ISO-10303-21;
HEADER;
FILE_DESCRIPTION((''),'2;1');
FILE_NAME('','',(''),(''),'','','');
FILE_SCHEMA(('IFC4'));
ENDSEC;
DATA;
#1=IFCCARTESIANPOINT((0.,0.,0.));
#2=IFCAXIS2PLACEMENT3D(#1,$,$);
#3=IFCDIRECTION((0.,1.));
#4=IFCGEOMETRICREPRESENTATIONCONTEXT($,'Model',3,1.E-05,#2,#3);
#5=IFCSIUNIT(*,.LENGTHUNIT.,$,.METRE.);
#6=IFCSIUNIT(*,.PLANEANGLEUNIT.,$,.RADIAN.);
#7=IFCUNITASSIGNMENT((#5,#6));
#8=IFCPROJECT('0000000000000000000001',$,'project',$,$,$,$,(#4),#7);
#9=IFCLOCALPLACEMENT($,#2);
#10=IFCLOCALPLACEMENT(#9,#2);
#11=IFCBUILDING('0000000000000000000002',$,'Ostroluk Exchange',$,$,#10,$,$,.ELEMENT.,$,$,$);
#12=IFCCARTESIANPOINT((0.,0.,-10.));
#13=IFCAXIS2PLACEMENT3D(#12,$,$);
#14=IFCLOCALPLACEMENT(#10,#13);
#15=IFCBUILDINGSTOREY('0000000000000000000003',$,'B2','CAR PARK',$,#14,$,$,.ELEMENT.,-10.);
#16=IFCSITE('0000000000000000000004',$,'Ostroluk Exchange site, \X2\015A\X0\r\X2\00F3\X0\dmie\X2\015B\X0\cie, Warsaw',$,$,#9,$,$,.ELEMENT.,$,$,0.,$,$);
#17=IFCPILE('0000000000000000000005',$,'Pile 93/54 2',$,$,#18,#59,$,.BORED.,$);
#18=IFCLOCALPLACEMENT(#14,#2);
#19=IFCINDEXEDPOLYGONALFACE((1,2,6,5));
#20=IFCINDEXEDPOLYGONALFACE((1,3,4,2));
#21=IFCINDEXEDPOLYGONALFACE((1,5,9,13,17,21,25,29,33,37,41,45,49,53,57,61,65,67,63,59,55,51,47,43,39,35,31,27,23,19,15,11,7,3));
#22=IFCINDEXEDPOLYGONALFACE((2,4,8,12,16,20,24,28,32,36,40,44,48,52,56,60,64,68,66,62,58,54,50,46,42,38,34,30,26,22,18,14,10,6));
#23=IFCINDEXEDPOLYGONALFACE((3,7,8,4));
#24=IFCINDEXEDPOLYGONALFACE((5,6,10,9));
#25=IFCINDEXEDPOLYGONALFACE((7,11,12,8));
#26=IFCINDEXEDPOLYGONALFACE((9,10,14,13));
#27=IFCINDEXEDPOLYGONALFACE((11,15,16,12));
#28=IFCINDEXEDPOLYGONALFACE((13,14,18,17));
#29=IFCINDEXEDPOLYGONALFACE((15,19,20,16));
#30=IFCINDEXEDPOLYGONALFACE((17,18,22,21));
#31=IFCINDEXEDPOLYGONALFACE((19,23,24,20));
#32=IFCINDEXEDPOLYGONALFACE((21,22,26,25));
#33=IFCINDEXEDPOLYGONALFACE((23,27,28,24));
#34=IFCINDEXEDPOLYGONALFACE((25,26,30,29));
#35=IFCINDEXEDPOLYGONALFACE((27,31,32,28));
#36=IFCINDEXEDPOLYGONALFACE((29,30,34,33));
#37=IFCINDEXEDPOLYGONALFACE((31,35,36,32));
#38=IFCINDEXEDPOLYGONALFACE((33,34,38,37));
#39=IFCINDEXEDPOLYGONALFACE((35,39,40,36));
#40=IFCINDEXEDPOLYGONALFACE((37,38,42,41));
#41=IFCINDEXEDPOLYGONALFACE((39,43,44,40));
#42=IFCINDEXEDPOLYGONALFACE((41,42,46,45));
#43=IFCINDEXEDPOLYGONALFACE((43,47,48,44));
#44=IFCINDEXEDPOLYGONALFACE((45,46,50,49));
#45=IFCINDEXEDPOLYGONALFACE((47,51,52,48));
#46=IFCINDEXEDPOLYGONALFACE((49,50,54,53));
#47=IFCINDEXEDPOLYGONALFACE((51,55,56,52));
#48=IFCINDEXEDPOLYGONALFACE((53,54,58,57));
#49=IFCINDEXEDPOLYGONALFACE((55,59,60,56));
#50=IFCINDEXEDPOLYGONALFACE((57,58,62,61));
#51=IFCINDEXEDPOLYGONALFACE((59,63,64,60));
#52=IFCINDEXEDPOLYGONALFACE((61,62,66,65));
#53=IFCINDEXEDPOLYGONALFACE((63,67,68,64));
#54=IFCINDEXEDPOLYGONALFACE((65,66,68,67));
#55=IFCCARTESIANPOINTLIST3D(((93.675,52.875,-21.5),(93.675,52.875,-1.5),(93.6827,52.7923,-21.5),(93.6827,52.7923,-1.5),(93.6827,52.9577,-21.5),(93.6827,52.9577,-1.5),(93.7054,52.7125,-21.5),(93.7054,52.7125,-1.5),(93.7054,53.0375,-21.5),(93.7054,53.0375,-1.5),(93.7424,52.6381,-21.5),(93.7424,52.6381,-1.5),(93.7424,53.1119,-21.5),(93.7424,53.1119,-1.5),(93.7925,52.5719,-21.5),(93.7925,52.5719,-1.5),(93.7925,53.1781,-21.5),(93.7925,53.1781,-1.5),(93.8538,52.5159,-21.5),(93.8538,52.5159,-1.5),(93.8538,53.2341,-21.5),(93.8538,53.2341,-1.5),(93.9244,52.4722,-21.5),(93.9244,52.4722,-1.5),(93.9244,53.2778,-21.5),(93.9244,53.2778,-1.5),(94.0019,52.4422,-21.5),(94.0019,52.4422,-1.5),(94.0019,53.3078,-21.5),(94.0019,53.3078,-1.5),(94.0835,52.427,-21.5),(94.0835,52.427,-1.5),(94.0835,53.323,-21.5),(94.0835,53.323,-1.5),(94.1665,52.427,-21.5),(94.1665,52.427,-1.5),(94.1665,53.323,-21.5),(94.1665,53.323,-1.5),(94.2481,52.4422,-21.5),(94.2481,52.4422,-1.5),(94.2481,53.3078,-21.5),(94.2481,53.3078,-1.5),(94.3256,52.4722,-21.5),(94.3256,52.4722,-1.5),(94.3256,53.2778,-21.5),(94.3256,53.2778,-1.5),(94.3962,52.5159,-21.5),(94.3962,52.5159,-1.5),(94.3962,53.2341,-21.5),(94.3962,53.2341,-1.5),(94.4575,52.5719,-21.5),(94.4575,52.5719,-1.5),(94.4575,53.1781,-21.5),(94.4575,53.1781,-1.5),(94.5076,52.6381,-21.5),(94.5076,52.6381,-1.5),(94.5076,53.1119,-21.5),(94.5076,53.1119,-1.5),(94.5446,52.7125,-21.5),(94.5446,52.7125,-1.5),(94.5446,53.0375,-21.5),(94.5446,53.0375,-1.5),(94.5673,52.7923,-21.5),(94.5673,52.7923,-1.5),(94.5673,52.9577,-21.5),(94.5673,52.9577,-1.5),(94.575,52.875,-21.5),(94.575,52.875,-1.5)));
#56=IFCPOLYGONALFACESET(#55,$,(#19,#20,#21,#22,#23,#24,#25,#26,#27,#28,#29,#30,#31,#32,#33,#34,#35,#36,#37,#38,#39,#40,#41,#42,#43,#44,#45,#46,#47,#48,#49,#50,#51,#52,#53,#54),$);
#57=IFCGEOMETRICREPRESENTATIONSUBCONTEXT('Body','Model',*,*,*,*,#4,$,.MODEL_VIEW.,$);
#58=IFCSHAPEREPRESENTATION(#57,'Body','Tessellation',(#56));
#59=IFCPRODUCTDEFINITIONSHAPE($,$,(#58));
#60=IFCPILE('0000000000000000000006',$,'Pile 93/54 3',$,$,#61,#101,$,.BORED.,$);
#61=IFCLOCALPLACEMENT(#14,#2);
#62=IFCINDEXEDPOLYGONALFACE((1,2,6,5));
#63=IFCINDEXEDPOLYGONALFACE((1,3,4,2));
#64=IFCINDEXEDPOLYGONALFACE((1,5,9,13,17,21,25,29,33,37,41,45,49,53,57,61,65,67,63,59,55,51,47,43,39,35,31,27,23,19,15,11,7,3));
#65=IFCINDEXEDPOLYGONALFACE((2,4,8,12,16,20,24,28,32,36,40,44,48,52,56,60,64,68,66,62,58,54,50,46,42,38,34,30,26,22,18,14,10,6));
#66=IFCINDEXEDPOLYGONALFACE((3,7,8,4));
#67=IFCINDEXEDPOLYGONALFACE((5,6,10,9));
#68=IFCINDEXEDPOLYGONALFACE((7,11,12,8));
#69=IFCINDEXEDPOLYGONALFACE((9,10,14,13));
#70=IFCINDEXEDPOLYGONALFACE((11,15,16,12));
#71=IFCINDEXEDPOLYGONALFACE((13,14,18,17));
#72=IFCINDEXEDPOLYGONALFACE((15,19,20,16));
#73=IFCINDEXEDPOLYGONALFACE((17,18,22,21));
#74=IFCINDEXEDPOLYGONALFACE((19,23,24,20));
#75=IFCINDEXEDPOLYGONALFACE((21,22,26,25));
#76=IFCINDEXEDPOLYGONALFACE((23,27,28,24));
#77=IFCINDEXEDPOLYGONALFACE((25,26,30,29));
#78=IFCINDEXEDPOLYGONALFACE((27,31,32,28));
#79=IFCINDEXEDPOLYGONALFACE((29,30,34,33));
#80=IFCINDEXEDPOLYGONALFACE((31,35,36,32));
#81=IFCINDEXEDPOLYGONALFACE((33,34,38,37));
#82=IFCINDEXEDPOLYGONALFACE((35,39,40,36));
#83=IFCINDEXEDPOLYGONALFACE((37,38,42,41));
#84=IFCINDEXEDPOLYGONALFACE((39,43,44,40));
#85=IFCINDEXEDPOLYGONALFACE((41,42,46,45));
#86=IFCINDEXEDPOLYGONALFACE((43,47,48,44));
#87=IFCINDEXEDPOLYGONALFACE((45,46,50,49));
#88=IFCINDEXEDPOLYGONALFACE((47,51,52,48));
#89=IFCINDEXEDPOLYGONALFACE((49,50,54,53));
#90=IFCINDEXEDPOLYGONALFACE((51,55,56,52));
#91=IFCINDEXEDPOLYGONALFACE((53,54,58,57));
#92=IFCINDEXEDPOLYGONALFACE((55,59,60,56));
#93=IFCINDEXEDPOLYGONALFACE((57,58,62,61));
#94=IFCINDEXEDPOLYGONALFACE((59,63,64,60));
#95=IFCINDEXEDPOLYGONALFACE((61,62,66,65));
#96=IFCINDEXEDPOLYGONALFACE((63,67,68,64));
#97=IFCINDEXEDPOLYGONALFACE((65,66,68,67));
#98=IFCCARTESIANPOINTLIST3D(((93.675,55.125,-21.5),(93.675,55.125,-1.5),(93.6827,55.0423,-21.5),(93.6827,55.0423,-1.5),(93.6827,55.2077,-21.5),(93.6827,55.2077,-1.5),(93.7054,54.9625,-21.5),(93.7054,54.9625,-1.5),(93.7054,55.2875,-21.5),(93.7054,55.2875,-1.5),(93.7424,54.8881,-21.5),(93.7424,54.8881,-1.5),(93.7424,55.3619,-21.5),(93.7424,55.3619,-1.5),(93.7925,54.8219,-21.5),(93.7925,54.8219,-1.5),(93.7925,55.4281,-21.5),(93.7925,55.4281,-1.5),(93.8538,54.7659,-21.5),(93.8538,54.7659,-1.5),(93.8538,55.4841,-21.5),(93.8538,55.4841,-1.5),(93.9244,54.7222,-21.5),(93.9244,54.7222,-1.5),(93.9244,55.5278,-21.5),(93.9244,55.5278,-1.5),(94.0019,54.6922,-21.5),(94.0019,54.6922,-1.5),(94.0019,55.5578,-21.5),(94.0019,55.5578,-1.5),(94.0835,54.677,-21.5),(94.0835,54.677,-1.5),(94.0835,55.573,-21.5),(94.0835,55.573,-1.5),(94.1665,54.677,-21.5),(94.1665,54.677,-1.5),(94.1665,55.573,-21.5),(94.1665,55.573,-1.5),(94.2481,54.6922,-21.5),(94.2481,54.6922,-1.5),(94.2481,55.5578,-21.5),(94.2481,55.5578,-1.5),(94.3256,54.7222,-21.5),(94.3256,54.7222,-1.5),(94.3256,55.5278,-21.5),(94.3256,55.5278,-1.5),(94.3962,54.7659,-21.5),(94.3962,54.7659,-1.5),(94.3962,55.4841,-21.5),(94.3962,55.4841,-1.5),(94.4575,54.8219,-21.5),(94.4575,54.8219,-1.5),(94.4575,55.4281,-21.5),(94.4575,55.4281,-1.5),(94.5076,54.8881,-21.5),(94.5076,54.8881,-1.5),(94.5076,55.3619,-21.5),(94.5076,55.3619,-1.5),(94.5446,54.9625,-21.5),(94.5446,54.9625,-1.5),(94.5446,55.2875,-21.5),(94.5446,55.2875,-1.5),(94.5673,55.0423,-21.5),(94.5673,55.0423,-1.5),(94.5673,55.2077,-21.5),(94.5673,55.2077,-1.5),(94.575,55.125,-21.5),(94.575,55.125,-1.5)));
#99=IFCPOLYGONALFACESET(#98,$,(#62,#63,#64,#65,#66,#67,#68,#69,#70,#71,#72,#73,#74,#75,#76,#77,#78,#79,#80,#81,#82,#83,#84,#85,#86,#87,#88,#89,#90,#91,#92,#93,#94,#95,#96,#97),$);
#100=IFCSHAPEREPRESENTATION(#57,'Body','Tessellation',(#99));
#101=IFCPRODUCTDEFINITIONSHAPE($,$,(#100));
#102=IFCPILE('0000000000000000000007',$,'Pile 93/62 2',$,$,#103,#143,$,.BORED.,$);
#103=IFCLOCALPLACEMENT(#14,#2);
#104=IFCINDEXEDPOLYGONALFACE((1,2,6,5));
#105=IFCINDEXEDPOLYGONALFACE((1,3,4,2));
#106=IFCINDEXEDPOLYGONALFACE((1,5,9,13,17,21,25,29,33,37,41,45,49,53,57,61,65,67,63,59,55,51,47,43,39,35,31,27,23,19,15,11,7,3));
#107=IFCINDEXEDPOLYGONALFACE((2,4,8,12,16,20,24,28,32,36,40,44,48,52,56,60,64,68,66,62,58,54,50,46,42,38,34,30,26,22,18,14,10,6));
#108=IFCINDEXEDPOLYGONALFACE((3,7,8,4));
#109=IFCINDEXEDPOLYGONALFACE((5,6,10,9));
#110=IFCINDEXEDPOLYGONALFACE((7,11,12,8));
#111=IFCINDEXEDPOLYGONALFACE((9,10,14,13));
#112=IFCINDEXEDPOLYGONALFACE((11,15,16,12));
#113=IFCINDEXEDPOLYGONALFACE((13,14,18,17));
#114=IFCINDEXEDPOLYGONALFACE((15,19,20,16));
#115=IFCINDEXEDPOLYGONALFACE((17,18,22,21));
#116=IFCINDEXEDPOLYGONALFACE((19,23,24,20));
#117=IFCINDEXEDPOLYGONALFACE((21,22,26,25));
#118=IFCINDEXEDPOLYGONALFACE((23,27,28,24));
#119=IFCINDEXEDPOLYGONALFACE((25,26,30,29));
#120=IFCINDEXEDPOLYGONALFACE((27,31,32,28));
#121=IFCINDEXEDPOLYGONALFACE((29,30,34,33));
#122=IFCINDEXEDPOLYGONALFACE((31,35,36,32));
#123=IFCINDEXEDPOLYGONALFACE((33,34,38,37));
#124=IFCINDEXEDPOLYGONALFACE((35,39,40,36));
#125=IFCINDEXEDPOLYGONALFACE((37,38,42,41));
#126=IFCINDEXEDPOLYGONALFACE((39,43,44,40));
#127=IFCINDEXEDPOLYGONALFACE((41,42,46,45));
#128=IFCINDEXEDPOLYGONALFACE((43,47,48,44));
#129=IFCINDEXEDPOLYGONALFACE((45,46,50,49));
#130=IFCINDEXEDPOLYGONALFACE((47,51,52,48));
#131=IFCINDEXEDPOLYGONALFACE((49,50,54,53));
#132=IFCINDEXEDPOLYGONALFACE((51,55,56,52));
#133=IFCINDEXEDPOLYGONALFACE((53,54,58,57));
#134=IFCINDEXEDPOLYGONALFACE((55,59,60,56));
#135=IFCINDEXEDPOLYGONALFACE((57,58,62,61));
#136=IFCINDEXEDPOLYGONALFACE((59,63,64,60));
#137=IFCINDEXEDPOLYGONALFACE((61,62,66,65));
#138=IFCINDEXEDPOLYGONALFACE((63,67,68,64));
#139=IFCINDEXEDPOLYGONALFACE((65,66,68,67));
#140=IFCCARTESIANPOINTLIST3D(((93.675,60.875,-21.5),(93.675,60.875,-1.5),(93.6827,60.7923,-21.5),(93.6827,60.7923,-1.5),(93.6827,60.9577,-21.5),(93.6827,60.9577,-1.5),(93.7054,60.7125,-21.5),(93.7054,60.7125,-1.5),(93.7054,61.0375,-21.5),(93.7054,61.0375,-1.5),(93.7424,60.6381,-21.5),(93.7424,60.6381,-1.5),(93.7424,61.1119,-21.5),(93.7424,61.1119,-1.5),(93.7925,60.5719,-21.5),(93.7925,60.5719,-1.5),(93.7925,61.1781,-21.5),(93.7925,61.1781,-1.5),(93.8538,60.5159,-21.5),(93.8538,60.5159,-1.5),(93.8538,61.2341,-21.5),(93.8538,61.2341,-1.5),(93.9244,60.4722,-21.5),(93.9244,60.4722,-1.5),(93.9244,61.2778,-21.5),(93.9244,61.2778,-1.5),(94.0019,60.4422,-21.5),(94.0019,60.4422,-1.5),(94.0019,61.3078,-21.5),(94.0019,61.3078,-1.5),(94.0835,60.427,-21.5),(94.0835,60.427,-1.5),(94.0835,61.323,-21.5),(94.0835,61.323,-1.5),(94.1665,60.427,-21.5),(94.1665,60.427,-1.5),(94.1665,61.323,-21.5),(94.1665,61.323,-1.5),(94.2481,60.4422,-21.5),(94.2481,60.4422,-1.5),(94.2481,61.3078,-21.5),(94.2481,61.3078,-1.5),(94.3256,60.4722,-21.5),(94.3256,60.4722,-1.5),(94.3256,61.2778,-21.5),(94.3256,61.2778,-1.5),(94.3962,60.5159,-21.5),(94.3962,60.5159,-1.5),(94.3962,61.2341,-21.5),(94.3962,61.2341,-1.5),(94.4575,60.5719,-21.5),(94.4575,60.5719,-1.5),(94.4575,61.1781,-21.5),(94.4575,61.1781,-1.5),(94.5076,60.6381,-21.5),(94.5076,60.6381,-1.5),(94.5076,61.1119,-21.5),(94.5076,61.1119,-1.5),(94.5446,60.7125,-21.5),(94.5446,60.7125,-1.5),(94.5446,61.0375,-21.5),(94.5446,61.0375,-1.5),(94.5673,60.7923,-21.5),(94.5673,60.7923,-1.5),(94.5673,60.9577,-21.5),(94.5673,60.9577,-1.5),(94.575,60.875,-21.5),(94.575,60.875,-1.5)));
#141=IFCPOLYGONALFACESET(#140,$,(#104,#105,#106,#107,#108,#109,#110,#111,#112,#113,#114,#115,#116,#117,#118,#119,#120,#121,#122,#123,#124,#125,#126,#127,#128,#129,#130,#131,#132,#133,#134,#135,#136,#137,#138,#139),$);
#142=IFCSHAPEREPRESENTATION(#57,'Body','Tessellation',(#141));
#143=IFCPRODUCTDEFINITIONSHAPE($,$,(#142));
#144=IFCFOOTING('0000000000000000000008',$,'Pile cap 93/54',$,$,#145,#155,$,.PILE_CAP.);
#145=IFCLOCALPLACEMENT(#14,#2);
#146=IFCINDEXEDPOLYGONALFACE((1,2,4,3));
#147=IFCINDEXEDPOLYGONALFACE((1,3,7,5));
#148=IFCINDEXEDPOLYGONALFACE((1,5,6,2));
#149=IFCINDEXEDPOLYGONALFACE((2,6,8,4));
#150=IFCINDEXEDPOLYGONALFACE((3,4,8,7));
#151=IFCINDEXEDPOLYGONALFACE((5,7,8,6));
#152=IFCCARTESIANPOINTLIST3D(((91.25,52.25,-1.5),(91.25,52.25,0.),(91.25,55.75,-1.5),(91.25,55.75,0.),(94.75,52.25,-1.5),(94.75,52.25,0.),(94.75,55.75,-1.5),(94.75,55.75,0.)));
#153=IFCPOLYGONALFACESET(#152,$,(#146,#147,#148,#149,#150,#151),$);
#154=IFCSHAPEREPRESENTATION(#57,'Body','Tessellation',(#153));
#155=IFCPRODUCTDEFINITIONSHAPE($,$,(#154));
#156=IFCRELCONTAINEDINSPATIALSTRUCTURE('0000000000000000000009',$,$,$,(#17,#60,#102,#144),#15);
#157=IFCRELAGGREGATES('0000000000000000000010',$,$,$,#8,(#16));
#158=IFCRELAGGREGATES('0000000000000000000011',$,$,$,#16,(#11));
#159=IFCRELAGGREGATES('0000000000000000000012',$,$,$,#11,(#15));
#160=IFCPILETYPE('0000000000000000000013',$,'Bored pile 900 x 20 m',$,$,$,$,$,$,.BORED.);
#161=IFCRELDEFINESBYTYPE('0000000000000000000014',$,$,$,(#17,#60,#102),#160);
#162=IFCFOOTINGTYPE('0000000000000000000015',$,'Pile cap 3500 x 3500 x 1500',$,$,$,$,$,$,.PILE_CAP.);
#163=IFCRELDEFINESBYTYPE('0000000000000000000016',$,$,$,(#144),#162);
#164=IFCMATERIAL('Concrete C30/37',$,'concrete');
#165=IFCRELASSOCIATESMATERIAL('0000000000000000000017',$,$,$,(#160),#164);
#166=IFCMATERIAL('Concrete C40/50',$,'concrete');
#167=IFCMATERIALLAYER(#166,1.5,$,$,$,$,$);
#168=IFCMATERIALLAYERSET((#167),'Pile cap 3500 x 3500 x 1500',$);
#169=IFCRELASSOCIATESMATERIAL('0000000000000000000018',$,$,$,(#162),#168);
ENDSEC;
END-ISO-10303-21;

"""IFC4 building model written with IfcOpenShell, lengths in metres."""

from ifc_helpers import new_model, si_unit, direction, frame, origin, origin_2d, place, context, subcontext, project, spatial, rectangle, circle, extrude, material, layer, layer_set, type_object, element, save


model = new_model("IFC4")

# Units and contexts
model_context = context("Model", 3, precision=1e-05, world=origin(), true_north=direction((0.0, 1.0)))
body_context = subcontext(model_context, "Body", "Model", "MODEL_VIEW")
ifc_project = project(units=[si_unit("LENGTHUNIT", "METRE"), si_unit("PLANEANGLEUNIT", "RADIAN")], contexts=[model_context])

# Site, building, storey
site_placement = place(None, origin())
site = spatial("IfcSite", under=ifc_project, at=site_placement, Name="Ostroluk Exchange site, Śródmieście, Warsaw", CompositionType="ELEMENT", RefElevation=0.0)
building_placement = place(site_placement, origin())
building = spatial("IfcBuilding", under=site, at=building_placement, Name="Ostroluk Exchange", CompositionType="ELEMENT")
storey_placement = place(building_placement, frame((0.0, 0.0, -10.0)))
storey = spatial("IfcBuildingStorey", under=building, at=storey_placement, Name="B2", Description="CAR PARK", CompositionType="ELEMENT", Elevation=-10.0)

# Piles
ifc_material_1 = material(Name="Concrete C30/37", Category="concrete")
pile_type_1 = type_object("IfcPileType", Name="Bored pile 900 x 20 m", PredefinedType="BORED", material=ifc_material_1)
for number, where, z_axis, x_axis, name in (
    (1, (94.125, 52.875, -1.5), (0.0, 0.0, -1.0), (1.0, 0.0, 0.0), "Pile 93/54 2"),
    (2, (94.125, 55.125, -1.5), (0.0, 0.0, -1.0), (1.0, 0.0, 0.0), "Pile 93/54 3"),
    (3, (94.125, 60.875, -1.5), (0.0, 0.0, -1.0), (1.0, 0.0, 0.0), "Pile 93/62 2"),
):
    element("IfcPile", number, at=place(storey_placement, frame(where, z_axis=z_axis, x_axis=x_axis)), inside=storey, type_object=pile_type_1, Name=name, PredefinedType="BORED", context=body_context, shape_type="SweptSolid", body=[
        extrude(circle(Radius=0.45, at=origin_2d()), origin(), (0.0, 0.0, 1.0), 20.0),
    ])

# Footing
ifc_material_2 = material(Name="Concrete C40/50", Category="concrete")
ifc_layer_1 = layer(ifc_material_2, 1.5)
ifc_layer_set_1 = layer_set([ifc_layer_1], Name="Pile cap 3500 x 3500 x 1500")
footing_type = type_object("IfcFootingType", Name="Pile cap 3500 x 3500 x 1500", PredefinedType="PILE_CAP", material=ifc_layer_set_1)
footing_placement = place(storey_placement, frame((93.0, 54.0, -1.5), z_axis=(0.0, 0.0, 1.0), x_axis=(1.0, 0.0, 0.0)))
element("IfcFooting", 4, at=footing_placement, inside=storey, type_object=footing_type, Name="Pile cap 93/54", PredefinedType="PILE_CAP", context=body_context, shape_type="SweptSolid", body=[
    extrude(rectangle(XDim=3.5, YDim=3.5, at=origin_2d()), origin(), (0.0, 0.0, 1.0), 1.5),
])

save(model, "model.ifc")
